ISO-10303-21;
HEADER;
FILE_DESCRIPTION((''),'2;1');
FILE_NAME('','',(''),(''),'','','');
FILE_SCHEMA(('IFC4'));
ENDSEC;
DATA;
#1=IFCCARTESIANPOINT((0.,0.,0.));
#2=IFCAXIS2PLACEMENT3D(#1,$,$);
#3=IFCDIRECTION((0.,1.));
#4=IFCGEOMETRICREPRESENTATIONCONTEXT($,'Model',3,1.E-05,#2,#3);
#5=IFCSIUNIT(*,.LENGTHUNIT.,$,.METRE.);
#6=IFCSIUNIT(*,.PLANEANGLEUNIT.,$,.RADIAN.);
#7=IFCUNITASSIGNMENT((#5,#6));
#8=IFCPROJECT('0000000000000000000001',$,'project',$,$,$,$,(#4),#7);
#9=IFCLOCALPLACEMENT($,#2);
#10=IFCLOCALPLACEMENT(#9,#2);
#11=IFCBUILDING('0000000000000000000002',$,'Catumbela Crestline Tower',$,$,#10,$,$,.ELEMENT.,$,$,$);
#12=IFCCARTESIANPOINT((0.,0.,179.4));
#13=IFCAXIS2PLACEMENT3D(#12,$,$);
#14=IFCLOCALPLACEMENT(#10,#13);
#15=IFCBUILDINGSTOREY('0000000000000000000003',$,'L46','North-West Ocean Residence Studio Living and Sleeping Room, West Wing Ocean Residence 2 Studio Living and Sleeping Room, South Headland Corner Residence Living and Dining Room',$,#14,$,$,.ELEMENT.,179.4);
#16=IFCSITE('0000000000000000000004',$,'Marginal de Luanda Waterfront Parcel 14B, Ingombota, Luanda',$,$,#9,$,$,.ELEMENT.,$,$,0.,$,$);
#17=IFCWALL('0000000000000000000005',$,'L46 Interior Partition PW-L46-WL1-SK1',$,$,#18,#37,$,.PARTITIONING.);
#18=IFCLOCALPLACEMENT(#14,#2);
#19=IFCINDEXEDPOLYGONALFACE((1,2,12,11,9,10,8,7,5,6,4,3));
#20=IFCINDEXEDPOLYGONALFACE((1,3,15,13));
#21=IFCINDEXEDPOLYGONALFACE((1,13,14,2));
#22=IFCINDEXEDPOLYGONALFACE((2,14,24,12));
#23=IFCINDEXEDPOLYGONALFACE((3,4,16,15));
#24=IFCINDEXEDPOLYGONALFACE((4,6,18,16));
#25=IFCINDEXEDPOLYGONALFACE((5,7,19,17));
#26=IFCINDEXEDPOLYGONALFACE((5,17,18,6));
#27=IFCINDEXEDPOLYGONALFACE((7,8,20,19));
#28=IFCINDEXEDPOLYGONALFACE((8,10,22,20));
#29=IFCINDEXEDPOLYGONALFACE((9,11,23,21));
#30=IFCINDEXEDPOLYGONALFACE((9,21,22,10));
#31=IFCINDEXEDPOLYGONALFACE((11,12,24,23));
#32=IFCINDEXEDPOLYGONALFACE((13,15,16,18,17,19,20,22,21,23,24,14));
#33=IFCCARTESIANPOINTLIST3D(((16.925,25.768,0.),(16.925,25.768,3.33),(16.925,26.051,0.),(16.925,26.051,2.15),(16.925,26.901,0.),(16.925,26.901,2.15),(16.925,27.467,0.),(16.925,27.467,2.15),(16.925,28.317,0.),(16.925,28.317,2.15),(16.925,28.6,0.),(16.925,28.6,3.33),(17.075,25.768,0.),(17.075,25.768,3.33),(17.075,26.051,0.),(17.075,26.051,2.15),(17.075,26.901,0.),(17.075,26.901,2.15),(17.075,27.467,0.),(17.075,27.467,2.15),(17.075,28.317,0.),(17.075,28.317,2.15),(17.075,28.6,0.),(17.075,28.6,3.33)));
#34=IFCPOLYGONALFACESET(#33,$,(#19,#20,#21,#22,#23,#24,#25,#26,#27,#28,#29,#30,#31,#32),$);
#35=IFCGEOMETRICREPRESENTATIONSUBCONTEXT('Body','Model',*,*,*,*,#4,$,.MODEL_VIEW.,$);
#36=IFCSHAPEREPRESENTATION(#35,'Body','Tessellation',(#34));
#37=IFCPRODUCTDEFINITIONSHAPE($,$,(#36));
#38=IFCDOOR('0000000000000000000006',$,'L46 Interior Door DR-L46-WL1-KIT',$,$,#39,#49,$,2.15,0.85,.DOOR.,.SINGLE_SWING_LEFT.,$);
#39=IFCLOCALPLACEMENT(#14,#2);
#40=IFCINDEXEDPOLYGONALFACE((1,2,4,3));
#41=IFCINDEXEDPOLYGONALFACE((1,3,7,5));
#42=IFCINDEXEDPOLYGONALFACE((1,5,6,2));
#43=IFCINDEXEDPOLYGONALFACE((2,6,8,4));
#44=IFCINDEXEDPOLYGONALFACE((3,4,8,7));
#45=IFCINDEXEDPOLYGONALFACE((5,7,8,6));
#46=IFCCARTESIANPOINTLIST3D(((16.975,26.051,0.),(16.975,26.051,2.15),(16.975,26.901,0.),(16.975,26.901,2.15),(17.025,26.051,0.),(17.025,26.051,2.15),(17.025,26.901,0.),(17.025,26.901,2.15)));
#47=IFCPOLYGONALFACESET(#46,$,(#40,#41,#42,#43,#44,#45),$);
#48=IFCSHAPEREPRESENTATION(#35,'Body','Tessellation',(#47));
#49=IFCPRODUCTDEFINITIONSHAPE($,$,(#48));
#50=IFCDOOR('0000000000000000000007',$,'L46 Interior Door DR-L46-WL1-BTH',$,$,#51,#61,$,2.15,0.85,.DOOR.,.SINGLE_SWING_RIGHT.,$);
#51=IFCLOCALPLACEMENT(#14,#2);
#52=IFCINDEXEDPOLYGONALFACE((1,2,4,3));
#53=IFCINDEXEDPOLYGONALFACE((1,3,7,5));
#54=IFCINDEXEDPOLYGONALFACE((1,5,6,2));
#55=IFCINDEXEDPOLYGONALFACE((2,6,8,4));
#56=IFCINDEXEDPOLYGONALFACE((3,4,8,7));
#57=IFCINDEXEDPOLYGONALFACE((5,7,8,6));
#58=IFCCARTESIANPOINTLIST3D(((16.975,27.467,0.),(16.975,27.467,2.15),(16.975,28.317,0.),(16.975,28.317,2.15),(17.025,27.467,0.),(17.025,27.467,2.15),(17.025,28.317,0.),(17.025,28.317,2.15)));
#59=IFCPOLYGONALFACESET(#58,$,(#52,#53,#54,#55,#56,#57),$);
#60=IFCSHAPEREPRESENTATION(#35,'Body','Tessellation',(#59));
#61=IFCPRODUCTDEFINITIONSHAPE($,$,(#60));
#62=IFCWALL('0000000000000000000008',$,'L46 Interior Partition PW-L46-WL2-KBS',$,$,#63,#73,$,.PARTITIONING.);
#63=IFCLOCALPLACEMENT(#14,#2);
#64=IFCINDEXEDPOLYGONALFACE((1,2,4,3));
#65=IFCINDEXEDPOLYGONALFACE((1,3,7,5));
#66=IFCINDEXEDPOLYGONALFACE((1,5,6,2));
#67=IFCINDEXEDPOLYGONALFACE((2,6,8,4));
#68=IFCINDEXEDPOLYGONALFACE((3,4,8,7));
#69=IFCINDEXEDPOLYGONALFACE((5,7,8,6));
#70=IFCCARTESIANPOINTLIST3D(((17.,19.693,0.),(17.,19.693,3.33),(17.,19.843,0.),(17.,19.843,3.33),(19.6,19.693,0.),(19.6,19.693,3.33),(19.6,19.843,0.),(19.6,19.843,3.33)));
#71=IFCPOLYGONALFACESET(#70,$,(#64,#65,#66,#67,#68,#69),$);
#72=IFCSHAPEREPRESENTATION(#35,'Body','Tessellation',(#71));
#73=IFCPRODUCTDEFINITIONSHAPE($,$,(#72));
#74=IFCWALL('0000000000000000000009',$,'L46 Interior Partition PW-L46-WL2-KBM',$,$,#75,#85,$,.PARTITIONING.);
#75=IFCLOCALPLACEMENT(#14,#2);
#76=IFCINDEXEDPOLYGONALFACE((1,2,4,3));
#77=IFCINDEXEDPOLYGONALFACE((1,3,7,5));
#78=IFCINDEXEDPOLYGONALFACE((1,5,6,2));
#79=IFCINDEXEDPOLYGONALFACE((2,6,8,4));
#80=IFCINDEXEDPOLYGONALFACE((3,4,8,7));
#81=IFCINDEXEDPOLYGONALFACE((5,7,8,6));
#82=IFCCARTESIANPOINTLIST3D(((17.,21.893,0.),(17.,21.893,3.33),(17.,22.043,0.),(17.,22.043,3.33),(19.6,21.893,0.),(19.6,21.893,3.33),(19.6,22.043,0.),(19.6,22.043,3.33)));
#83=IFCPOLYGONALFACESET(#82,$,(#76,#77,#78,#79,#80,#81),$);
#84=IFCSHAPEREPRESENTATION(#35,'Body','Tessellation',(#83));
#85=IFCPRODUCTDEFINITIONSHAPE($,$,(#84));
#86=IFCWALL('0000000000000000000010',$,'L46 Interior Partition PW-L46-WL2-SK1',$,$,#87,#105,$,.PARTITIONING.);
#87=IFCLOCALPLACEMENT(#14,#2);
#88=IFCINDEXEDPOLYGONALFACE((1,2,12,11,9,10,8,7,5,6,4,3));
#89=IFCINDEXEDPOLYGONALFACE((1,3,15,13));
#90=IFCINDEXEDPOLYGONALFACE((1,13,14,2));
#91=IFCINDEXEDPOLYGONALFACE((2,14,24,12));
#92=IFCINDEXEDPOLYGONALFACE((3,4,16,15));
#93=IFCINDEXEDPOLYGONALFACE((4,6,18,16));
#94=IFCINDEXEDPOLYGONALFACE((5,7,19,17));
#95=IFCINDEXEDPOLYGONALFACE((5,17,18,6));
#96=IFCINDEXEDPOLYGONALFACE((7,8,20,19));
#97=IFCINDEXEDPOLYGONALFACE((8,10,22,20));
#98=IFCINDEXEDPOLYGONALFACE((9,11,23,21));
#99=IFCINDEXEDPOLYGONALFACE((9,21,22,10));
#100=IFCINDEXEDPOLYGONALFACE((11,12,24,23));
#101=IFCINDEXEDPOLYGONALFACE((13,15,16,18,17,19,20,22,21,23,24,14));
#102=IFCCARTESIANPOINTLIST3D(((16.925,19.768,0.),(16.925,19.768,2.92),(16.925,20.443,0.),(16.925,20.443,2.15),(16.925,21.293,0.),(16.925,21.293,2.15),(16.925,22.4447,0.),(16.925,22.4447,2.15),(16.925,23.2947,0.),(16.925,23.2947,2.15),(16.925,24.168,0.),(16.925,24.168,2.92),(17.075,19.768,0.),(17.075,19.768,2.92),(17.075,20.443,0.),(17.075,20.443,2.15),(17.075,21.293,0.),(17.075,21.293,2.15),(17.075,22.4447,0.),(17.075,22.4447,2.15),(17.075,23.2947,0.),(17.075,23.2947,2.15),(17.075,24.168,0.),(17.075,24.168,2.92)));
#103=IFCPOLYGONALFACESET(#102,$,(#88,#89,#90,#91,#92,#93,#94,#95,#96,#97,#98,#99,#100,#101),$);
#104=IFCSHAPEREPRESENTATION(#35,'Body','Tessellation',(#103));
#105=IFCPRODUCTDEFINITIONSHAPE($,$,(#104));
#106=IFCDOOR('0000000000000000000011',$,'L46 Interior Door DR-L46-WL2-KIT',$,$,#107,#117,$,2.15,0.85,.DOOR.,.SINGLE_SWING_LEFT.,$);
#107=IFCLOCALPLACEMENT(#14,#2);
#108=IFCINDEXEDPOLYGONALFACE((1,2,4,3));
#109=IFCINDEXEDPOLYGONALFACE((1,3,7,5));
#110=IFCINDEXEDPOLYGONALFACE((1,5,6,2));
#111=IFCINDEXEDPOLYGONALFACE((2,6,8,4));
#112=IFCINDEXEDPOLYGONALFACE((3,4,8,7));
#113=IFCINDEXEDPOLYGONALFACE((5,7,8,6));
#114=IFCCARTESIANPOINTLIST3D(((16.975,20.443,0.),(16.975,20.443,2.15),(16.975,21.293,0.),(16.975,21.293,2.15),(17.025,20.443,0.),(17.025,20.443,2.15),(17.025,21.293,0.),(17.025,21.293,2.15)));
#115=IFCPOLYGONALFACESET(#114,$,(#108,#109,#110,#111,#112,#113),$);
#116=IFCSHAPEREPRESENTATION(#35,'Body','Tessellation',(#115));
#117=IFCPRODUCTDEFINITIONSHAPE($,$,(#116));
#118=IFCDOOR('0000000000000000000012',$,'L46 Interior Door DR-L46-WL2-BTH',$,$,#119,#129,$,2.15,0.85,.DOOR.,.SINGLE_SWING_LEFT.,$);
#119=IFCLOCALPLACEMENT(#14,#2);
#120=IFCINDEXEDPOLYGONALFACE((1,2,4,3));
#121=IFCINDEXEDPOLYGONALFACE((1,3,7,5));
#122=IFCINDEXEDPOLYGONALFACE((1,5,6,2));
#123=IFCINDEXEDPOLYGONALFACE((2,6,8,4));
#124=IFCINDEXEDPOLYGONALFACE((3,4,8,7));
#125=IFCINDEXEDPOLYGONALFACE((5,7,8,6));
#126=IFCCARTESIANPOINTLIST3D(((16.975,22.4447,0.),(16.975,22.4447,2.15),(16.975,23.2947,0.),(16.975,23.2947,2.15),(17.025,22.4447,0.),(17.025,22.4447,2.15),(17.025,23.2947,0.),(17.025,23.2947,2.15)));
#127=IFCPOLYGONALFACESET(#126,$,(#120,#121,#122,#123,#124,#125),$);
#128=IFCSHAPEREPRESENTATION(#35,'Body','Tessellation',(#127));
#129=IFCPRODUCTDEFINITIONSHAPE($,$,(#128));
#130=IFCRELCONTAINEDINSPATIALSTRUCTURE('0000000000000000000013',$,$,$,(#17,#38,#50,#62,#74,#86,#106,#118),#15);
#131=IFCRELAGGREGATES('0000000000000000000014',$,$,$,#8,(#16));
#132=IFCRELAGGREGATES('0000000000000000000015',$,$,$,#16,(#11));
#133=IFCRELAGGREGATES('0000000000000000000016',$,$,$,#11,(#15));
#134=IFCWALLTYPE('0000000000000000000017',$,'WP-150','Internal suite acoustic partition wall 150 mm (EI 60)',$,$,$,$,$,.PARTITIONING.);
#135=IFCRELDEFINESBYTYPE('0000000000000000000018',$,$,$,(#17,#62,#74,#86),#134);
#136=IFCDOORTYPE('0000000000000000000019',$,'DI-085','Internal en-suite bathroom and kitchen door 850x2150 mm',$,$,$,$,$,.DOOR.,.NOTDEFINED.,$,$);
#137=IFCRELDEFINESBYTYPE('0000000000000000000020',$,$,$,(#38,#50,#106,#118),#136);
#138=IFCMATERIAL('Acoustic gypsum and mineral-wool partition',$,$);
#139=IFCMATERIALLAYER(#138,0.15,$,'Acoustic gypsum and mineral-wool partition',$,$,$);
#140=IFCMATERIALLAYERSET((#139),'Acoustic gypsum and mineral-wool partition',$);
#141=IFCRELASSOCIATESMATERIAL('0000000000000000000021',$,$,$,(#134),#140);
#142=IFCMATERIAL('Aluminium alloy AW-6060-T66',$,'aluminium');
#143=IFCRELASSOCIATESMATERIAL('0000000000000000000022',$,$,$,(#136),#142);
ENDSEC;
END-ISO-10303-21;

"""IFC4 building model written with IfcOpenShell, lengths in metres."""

from ifc_helpers import new_model, si_unit, direction, frame, frame_2d, origin, place, context, subcontext, project, spatial, rectangle, extrude, material, layer, layer_set, type_object, element, fill, save


model = new_model("IFC4")

# Units and contexts
model_context = context("Model", 3, precision=1e-05, world=origin(), true_north=direction((0.0, 1.0)))
body_context = subcontext(model_context, "Body", "Model", "MODEL_VIEW")
ifc_project = project(units=[si_unit("LENGTHUNIT", "METRE"), si_unit("PLANEANGLEUNIT", "RADIAN")], contexts=[model_context])

# Site, building, storey
site_placement = place(None, origin())
site = spatial("IfcSite", under=ifc_project, at=site_placement, Name="Marginal de Luanda Waterfront Parcel 14B, Ingombota, Luanda", CompositionType="ELEMENT", RefElevation=0.0)
building_placement = place(site_placement, origin())
building = spatial("IfcBuilding", under=site, at=building_placement, Name="Catumbela Crestline Tower", CompositionType="ELEMENT")
storey_placement = place(building_placement, frame((0.0, 0.0, 179.4)))
storey = spatial("IfcBuildingStorey", under=building, at=storey_placement, Name="L46", Description="North-West Ocean Residence Studio Living and Sleeping Room, West Wing Ocean Residence 2 Studio Living and Sleeping Room, South Headland Corner Residence Living and Dining Room", CompositionType="ELEMENT", Elevation=179.4)

# Shared definitions
ifc_material_1 = material(Name="Acoustic gypsum and mineral-wool partition")

# Shared definitions
ifc_material_2 = material(Name="Aluminium alloy AW-6060-T66", Category="aluminium")

# Shared definitions
ifc_layer_1 = layer(ifc_material_1, 0.15, Name="Acoustic gypsum and mineral-wool partition")
ifc_layer_set_1 = layer_set([ifc_layer_1], Name="Acoustic gypsum and mineral-wool partition")
wall_type_1 = type_object("IfcWallType", Name="WP-150", Description="Internal suite acoustic partition wall 150 mm (EI 60)", PredefinedType="PARTITIONING", material=ifc_layer_set_1)

# Wall, openings, doors
wall_1_placement = place(storey_placement, frame((17.0, 25.768, 0.0), z_axis=(0.0, 0.0, 1.0), x_axis=(0.0, 1.0, 0.0)))
wall_1 = element("IfcWall", 1, at=wall_1_placement, inside=storey, type_object=wall_type_1, Name="L46 Interior Partition PW-L46-WL1-SK1", PredefinedType="PARTITIONING", context=body_context, shape_type="SweptSolid", body=[
    extrude(rectangle(XDim=2.832, YDim=0.15, at=frame_2d((1.416, 0.0))), origin(), (0.0, 0.0, 1.0), 3.33),
])
opening_1_placement = place(wall_1_placement, frame((0.283, 0.0, 0.0)))
opening_1 = element("IfcOpeningElement", 2, at=opening_1_placement, cuts=wall_1, PredefinedType="OPENING", context=body_context, shape_type="SweptSolid", body=[
    extrude(rectangle(XDim=0.85, YDim=2.15, at=frame_2d((0.425, 1.075))), frame((0.0, 0.085, 0.0), z_axis=(0.0, -1.0, 0.0), x_axis=(1.0, 0.0, 0.0)), (0.0, 0.0, 1.0), 0.17),
])
opening_2_placement = place(wall_1_placement, frame((1.699, 0.0, 0.0)))
opening_2 = element("IfcOpeningElement", 3, at=opening_2_placement, cuts=wall_1, PredefinedType="OPENING", context=body_context, shape_type="SweptSolid", body=[
    extrude(rectangle(XDim=0.85, YDim=2.15, at=frame_2d((0.425, 1.075))), frame((0.0, 0.085, 0.0), z_axis=(0.0, -1.0, 0.0), x_axis=(1.0, 0.0, 0.0)), (0.0, 0.0, 1.0), 0.17),
])
door_type_1 = type_object("IfcDoorType", Name="DI-085", Description="Internal en-suite bathroom and kitchen door 850x2150 mm", OperationType="NOTDEFINED", PredefinedType="DOOR", material=ifc_material_2)
door_1_placement = place(opening_1_placement, origin())
door_1 = element("IfcDoor", 4, at=door_1_placement, inside=storey, type_object=door_type_1, Name="L46 Interior Door DR-L46-WL1-KIT", OperationType="SINGLE_SWING_LEFT", OverallHeight=2.15, OverallWidth=0.85, PredefinedType="DOOR", context=body_context, shape_type="SweptSolid", body=[
    extrude(rectangle(XDim=0.85, YDim=2.15, at=frame_2d((0.425, 1.075))), frame((0.0, 0.025, 0.0), z_axis=(0.0, -1.0, 0.0), x_axis=(1.0, 0.0, 0.0)), (0.0, 0.0, 1.0), 0.05),
])
fill(opening_1, door_1)
door_2_placement = place(opening_2_placement, origin())
door_2 = element("IfcDoor", 5, at=door_2_placement, inside=storey, type_object=door_type_1, Name="L46 Interior Door DR-L46-WL1-BTH", OperationType="SINGLE_SWING_RIGHT", OverallHeight=2.15, OverallWidth=0.85, PredefinedType="DOOR", context=body_context, shape_type="SweptSolid", body=[
    extrude(rectangle(XDim=0.85, YDim=2.15, at=frame_2d((0.425, 1.075))), frame((0.0, 0.025, 0.0), z_axis=(0.0, -1.0, 0.0), x_axis=(1.0, 0.0, 0.0)), (0.0, 0.0, 1.0), 0.05),
])
fill(opening_2, door_2)

# Walls
for number, where, z_axis, x_axis, name in (
    (6, (17.0, 19.768, 0.0), (0.0, 0.0, 1.0), (1.0, 0.0, 0.0), "L46 Interior Partition PW-L46-WL2-KBS"),
    (7, (17.0, 21.968, 0.0), (0.0, 0.0, 1.0), (1.0, 0.0, 0.0), "L46 Interior Partition PW-L46-WL2-KBM"),
):
    element("IfcWall", number, at=place(storey_placement, frame(where, z_axis=z_axis, x_axis=x_axis)), inside=storey, type_object=wall_type_1, Name=name, PredefinedType="PARTITIONING", context=body_context, shape_type="SweptSolid", body=[
        extrude(rectangle(XDim=2.6, YDim=0.15, at=frame_2d((1.3, 0.0))), origin(), (0.0, 0.0, 1.0), 3.33),
    ])

# Wall, openings, doors
wall_2_placement = place(storey_placement, frame((17.0, 19.768, 0.0), z_axis=(0.0, 0.0, 1.0), x_axis=(0.0, 1.0, 0.0)))
wall_2 = element("IfcWall", 8, at=wall_2_placement, inside=storey, type_object=wall_type_1, Name="L46 Interior Partition PW-L46-WL2-SK1", PredefinedType="PARTITIONING", context=body_context, shape_type="SweptSolid", body=[
    extrude(rectangle(XDim=4.4, YDim=0.15, at=frame_2d((2.2, 0.0))), origin(), (0.0, 0.0, 1.0), 2.92),
])
opening_3_placement = place(wall_2_placement, frame((0.675, 0.0, 0.0)))
opening_3 = element("IfcOpeningElement", 9, at=opening_3_placement, cuts=wall_2, PredefinedType="OPENING", context=body_context, shape_type="SweptSolid", body=[
    extrude(rectangle(XDim=0.85, YDim=2.15, at=frame_2d((0.425, 1.075))), frame((0.0, 0.085, 0.0), z_axis=(0.0, -1.0, 0.0), x_axis=(1.0, 0.0, 0.0)), (0.0, 0.0, 1.0), 0.17),
])
opening_4_placement = place(wall_2_placement, frame((2.6767, 0.0, 0.0)))
opening_4 = element("IfcOpeningElement", 10, at=opening_4_placement, cuts=wall_2, PredefinedType="OPENING", context=body_context, shape_type="SweptSolid", body=[
    extrude(rectangle(XDim=0.85, YDim=2.15, at=frame_2d((0.425, 1.075))), frame((0.0, 0.085, 0.0), z_axis=(0.0, -1.0, 0.0), x_axis=(1.0, 0.0, 0.0)), (0.0, 0.0, 1.0), 0.17),
])
door_3_placement = place(opening_3_placement, origin())
door_3 = element("IfcDoor", 11, at=door_3_placement, inside=storey, type_object=door_type_1, Name="L46 Interior Door DR-L46-WL2-KIT", OperationType="SINGLE_SWING_LEFT", OverallHeight=2.15, OverallWidth=0.85, PredefinedType="DOOR", context=body_context, shape_type="SweptSolid", body=[
    extrude(rectangle(XDim=0.85, YDim=2.15, at=frame_2d((0.425, 1.075))), frame((0.0, 0.025, 0.0), z_axis=(0.0, -1.0, 0.0), x_axis=(1.0, 0.0, 0.0)), (0.0, 0.0, 1.0), 0.05),
])
fill(opening_3, door_3)
door_4_placement = place(opening_4_placement, origin())
door_4 = element("IfcDoor", 12, at=door_4_placement, inside=storey, type_object=door_type_1, Name="L46 Interior Door DR-L46-WL2-BTH", OperationType="SINGLE_SWING_LEFT", OverallHeight=2.15, OverallWidth=0.85, PredefinedType="DOOR", context=body_context, shape_type="SweptSolid", body=[
    extrude(rectangle(XDim=0.85, YDim=2.15, at=frame_2d((0.425, 1.075))), frame((0.0, 0.025, 0.0), z_axis=(0.0, -1.0, 0.0), x_axis=(1.0, 0.0, 0.0)), (0.0, 0.0, 1.0), 0.05),
])
fill(opening_4, door_4)

save(model, "model.ifc")
